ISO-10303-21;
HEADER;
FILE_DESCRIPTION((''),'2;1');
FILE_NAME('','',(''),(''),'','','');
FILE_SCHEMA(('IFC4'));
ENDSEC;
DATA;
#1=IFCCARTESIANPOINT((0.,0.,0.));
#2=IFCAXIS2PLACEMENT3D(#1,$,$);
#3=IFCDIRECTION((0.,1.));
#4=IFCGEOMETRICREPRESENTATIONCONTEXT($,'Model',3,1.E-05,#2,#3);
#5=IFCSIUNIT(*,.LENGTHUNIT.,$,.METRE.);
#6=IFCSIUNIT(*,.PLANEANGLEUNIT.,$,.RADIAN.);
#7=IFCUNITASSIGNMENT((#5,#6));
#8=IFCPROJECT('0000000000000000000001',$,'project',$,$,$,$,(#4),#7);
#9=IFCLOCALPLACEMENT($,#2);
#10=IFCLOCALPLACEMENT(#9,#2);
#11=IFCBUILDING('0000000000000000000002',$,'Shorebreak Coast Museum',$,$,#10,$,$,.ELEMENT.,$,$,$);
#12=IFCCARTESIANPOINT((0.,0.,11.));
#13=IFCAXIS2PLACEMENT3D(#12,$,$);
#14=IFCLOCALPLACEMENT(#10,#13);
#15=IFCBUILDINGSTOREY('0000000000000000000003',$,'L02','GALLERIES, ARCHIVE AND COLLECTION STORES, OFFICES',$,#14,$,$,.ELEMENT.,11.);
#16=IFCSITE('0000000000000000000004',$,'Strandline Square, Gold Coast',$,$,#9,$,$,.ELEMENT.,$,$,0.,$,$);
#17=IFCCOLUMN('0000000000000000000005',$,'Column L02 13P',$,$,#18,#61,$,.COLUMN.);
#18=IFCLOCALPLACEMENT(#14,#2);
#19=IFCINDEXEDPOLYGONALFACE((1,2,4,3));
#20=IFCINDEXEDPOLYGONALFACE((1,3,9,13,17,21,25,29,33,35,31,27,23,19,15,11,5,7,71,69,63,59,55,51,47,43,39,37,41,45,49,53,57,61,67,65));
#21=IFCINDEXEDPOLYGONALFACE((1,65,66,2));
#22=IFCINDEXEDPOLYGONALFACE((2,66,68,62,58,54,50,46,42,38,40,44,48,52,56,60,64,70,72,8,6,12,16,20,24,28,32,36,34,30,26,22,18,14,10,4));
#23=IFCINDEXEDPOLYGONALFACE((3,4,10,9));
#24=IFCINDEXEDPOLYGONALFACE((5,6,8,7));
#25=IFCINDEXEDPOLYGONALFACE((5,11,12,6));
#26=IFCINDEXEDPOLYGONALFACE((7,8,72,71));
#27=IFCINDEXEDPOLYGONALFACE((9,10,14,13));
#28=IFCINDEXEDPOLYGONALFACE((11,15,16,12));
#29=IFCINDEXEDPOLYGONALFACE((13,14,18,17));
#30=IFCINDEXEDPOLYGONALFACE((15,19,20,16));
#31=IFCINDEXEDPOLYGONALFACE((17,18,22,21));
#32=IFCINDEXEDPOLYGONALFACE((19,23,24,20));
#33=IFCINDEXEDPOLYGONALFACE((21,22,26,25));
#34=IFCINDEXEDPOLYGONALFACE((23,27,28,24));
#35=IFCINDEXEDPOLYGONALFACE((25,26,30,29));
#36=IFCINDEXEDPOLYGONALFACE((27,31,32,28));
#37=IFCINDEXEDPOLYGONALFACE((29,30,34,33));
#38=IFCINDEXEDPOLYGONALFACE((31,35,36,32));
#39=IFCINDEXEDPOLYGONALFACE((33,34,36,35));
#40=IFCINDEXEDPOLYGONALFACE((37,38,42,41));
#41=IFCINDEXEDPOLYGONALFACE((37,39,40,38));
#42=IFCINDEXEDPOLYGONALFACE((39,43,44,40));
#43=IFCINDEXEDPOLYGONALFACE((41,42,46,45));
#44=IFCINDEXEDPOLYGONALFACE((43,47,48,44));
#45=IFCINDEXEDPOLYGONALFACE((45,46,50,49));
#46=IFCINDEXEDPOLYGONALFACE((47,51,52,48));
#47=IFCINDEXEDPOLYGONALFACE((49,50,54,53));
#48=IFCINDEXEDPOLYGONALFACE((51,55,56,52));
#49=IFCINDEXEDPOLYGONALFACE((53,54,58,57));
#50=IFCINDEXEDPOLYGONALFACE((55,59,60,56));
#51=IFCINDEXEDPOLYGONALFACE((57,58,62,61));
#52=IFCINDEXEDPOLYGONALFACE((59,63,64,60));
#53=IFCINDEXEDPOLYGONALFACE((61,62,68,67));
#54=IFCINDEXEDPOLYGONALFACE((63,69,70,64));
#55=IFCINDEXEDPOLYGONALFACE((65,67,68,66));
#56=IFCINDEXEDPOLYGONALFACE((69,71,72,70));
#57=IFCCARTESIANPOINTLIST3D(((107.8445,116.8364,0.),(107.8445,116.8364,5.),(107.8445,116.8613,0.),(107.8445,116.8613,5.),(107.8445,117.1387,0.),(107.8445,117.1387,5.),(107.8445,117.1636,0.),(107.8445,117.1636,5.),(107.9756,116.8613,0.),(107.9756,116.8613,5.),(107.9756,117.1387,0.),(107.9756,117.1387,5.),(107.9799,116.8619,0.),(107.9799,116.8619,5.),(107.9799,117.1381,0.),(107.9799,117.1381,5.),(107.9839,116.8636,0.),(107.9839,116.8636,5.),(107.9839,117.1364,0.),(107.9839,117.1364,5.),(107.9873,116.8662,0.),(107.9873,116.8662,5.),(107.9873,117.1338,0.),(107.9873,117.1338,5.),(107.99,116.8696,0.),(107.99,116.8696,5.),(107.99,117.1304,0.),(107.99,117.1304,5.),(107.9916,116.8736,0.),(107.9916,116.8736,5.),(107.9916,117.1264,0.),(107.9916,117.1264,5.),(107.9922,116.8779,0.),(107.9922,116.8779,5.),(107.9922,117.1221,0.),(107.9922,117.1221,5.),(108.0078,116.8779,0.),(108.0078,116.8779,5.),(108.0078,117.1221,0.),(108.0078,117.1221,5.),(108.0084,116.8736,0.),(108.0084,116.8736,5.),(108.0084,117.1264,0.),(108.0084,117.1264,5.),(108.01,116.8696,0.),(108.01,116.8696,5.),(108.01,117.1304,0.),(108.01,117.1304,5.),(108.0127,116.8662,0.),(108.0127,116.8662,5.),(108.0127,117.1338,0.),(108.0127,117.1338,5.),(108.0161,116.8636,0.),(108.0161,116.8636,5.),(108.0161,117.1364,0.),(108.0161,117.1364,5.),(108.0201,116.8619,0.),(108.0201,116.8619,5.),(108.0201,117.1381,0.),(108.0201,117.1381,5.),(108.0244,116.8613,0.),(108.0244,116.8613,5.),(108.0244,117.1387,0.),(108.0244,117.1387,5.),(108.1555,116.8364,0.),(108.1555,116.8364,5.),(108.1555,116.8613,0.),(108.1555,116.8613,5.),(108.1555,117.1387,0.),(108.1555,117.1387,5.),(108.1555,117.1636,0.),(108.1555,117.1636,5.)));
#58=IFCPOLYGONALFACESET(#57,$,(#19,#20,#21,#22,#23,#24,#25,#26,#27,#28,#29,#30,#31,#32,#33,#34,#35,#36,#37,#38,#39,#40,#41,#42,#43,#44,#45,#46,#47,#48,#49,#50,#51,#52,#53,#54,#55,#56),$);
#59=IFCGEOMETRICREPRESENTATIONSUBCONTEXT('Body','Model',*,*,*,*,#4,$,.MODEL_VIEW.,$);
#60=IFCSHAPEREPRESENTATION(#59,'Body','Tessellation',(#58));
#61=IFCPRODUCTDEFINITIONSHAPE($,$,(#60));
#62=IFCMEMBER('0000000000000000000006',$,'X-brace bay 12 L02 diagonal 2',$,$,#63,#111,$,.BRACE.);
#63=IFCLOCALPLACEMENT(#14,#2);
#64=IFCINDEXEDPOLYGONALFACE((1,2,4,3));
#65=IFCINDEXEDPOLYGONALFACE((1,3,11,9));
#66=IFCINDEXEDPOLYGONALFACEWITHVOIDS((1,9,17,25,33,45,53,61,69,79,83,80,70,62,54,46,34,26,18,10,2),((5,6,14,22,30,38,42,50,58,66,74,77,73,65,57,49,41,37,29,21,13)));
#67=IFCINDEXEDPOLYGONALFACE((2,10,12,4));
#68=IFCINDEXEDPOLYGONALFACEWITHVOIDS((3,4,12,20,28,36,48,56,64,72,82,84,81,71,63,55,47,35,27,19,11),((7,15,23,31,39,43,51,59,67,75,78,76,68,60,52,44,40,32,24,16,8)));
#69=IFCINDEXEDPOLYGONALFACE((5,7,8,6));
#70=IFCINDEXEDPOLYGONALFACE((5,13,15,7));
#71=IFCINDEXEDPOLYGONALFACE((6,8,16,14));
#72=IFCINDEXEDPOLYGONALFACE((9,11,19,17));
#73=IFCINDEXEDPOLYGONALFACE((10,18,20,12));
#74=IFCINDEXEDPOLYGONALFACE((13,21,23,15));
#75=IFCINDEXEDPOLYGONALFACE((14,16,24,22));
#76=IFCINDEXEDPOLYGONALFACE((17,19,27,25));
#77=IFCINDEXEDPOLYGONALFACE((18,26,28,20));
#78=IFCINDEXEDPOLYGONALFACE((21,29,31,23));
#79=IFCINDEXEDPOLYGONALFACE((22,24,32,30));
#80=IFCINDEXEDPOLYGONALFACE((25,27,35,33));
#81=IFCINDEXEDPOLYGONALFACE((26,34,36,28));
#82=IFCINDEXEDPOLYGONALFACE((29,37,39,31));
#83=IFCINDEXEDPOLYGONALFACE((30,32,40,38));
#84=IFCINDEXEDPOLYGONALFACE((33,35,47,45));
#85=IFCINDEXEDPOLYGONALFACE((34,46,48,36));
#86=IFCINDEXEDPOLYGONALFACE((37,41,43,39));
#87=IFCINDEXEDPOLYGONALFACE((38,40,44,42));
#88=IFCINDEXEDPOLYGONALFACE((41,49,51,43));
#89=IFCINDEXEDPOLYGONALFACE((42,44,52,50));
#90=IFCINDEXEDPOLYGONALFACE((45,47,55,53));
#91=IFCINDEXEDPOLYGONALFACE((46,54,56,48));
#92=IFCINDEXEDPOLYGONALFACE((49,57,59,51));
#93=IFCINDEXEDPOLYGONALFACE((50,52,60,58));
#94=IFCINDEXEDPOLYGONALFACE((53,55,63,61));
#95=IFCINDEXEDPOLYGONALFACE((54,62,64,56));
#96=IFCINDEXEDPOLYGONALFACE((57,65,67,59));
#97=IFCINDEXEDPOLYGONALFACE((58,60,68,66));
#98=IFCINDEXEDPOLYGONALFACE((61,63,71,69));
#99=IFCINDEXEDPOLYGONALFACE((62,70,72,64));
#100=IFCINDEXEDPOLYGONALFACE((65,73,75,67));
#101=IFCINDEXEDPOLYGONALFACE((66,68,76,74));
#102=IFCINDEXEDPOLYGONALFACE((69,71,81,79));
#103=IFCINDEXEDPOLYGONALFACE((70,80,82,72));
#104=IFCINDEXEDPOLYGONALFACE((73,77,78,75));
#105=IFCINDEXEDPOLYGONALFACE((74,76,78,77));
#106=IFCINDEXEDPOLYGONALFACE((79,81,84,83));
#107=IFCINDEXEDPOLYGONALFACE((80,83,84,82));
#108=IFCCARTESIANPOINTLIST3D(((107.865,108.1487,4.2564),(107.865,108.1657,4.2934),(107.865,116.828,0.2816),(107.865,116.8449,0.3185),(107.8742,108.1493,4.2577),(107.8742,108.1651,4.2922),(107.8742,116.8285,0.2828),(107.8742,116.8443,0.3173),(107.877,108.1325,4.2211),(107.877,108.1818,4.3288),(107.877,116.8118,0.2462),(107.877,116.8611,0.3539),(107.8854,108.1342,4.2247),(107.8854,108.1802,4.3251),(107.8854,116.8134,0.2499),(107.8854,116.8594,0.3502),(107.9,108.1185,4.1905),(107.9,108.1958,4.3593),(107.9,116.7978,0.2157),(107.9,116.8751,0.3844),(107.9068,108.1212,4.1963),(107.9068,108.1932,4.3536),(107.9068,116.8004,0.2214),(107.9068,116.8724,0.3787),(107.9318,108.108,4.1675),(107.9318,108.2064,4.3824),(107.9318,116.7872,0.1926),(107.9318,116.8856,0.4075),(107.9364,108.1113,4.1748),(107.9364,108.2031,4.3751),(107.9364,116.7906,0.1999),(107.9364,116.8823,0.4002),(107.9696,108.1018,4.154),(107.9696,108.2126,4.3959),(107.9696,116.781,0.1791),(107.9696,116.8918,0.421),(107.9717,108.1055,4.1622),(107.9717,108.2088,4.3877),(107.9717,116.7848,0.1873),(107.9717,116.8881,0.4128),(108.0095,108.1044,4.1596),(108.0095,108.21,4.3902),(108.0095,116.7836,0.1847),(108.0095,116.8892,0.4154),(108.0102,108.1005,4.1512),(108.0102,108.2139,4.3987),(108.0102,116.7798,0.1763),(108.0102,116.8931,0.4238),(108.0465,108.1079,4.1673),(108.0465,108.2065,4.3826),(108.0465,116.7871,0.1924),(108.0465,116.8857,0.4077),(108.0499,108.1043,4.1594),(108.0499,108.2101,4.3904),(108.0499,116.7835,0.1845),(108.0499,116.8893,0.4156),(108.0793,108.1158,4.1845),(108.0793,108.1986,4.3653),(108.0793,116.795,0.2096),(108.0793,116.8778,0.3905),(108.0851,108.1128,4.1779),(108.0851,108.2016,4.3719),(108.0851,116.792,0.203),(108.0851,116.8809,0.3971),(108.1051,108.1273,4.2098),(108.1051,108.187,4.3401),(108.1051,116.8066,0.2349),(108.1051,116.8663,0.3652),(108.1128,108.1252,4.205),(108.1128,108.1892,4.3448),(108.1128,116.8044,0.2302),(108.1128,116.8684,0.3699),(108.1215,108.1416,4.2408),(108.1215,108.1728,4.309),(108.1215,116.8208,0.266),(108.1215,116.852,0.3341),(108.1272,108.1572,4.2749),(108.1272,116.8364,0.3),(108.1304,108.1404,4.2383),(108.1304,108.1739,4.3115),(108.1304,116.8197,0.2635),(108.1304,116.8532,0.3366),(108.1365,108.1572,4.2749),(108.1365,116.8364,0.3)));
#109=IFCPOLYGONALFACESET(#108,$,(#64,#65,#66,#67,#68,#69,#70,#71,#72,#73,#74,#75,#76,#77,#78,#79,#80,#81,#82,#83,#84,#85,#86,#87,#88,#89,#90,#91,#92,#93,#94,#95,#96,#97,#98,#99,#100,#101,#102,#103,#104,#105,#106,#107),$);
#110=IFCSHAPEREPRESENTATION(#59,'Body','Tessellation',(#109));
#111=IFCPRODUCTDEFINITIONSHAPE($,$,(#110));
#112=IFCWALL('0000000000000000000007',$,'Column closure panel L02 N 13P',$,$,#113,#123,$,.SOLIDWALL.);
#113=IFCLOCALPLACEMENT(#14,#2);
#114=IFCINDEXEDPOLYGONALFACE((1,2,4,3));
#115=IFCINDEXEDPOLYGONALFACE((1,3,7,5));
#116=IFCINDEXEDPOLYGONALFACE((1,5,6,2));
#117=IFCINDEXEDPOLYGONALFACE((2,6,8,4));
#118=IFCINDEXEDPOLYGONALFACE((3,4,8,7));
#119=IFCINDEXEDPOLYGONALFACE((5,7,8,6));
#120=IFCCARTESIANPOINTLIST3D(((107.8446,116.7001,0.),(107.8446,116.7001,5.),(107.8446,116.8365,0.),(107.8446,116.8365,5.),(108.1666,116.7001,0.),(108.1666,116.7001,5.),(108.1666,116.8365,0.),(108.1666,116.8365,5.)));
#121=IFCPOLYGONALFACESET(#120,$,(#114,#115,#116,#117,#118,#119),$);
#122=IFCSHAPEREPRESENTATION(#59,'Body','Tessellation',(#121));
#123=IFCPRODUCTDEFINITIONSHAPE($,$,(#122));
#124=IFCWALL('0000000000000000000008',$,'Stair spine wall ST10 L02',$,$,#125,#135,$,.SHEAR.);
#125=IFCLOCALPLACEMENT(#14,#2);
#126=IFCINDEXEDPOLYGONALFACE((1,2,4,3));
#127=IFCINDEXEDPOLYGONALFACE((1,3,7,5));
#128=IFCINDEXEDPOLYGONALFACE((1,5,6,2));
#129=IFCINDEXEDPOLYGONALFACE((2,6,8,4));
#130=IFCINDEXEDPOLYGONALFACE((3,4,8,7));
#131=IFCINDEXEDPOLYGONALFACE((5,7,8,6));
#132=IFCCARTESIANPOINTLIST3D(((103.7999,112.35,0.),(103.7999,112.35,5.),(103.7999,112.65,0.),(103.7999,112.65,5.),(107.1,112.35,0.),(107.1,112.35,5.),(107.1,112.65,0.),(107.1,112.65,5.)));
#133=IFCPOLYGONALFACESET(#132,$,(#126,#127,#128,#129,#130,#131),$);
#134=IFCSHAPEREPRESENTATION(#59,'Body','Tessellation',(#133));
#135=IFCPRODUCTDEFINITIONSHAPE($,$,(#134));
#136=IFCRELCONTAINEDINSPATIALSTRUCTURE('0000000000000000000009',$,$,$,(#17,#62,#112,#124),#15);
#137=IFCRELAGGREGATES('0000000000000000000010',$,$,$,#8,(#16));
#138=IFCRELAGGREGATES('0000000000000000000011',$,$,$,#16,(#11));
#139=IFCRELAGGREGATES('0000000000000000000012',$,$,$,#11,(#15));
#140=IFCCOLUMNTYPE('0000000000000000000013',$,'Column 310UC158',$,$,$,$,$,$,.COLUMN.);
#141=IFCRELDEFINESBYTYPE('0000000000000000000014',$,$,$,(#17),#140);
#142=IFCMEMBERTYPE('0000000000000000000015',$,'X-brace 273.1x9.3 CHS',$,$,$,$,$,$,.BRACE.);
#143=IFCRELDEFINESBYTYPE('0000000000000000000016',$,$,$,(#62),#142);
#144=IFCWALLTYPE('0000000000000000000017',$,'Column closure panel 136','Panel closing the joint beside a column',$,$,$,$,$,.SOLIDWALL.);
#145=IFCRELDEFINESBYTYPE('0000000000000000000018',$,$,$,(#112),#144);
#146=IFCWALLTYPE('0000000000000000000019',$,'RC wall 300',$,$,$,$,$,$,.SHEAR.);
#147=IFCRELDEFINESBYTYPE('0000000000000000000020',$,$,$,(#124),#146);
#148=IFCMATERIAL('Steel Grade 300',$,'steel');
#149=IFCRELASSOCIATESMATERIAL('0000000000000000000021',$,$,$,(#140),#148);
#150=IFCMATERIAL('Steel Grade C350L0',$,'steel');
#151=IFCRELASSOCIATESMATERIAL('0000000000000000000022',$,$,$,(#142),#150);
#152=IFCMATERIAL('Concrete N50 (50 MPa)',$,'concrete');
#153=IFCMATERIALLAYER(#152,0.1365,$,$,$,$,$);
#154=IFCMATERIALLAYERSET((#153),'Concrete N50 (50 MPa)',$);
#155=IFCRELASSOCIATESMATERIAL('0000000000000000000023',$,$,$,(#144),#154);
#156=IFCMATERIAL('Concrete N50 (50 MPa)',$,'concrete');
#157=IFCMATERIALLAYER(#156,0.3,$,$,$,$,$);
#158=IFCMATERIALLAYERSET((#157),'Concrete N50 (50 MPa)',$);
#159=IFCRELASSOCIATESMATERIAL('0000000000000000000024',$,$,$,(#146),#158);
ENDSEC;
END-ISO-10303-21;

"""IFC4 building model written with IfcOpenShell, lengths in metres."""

from ifc_helpers import new_model, si_unit, direction, frame, frame_2d, origin, origin_2d, place, context, subcontext, project, spatial, rectangle, hollow_circle, i_section, extrude, material, layer, layer_set, material_profile, profile_set, type_object, element, save


model = new_model("IFC4")

# Units and contexts
model_context = context("Model", 3, precision=1e-05, world=origin(), true_north=direction((0.0, 1.0)))
body_context = subcontext(model_context, "Body", "Model", "MODEL_VIEW")
ifc_project = project(units=[si_unit("LENGTHUNIT", "METRE"), si_unit("PLANEANGLEUNIT", "RADIAN")], contexts=[model_context])

# Site, building, storey
site_placement = place(None, origin())
site = spatial("IfcSite", under=ifc_project, at=site_placement, Name="Strandline Square, Gold Coast", CompositionType="ELEMENT", RefElevation=0.0)
building_placement = place(site_placement, origin())
building = spatial("IfcBuilding", under=site, at=building_placement, Name="Shorebreak Coast Museum", CompositionType="ELEMENT")
storey_placement = place(building_placement, frame((0.0, 0.0, 11.0)))
storey = spatial("IfcBuildingStorey", under=building, at=storey_placement, Name="L02", Description="GALLERIES, ARCHIVE AND COLLECTION STORES, OFFICES", CompositionType="ELEMENT", Elevation=11.0)

# Column
ifc_material_1 = material(Name="Steel Grade 300", Category="steel")
ifc_material_profile_1 = material_profile(ifc_material_1, i_section(OverallWidth=0.311, OverallDepth=0.3271, WebThickness=0.0156, FlangeThickness=0.0249, FilletRadius=0.0166, at=origin_2d()), Name="310UC158")
ifc_profile_set_1 = profile_set([ifc_material_profile_1], Name="Steel Grade 300")
column_type = type_object("IfcColumnType", Name="Column 310UC158", PredefinedType="COLUMN", material=ifc_profile_set_1)
column_placement = place(storey_placement, frame((108.0, 117.0, 0.0), z_axis=(0.0, 0.0, 1.0), x_axis=(1.0, 0.0, 0.0)))
element("IfcColumn", 1, at=column_placement, inside=storey, type_object=column_type, Name="Column L02 13P", PredefinedType="COLUMN", context=body_context, shape_type="SweptSolid", body=[
    extrude(i_section(OverallWidth=0.311, OverallDepth=0.3271, WebThickness=0.0156, FlangeThickness=0.0249, FilletRadius=0.0166, at=origin_2d()), origin(), (0.0, 0.0, 1.0), 5.0),
])

# Member
ifc_material_2 = material(Name="Steel Grade C350L0", Category="steel")
ifc_material_profile_2 = material_profile(ifc_material_2, hollow_circle(Radius=0.1365, WallThickness=0.0093, at=origin_2d()), Name="273.1x9.3 CHS")
ifc_profile_set_2 = profile_set([ifc_material_profile_2], Name="Steel Grade C350L0")
member_type = type_object("IfcMemberType", Name="X-brace 273.1x9.3 CHS", PredefinedType="BRACE", material=ifc_profile_set_2)
member_placement = place(storey_placement, frame((108.0, 116.8364, 0.3), z_axis=(0.0, -0.909188, 0.416385), x_axis=(1.0, 0.0, 0.0)))
element("IfcMember", 2, at=member_placement, inside=storey, type_object=member_type, Name="X-brace bay 12 L02 diagonal 2", PredefinedType="BRACE", context=body_context, shape_type="SweptSolid", body=[
    extrude(hollow_circle(Radius=0.1365, WallThickness=0.0093, at=origin_2d()), origin(), (0.0, 0.0, 1.0), 9.5461),
])

# Walls
ifc_material_3 = material(Name="Concrete N50 (50 MPa)", Category="concrete")
ifc_layer_1 = layer(ifc_material_3, 0.1365)
ifc_layer_set_1 = layer_set([ifc_layer_1], Name="Concrete N50 (50 MPa)")
wall_type_1 = type_object("IfcWallType", Name="Column closure panel 136", Description="Panel closing the joint beside a column", PredefinedType="SOLIDWALL", material=ifc_layer_set_1)
wall_1_placement = place(storey_placement, frame((107.8445, 116.7683, 0.0), z_axis=(0.0, 0.0, 1.0), x_axis=(1.0, 0.0, 0.0)))
element("IfcWall", 3, at=wall_1_placement, inside=storey, type_object=wall_type_1, Name="Column closure panel L02 N 13P", PredefinedType="SOLIDWALL", context=body_context, shape_type="SweptSolid", body=[
    extrude(rectangle(XDim=0.322, YDim=0.1365, at=frame_2d((0.1611, 0.0))), origin(), (0.0, 0.0, 1.0), 5.0),
])
ifc_material_4 = material(Name="Concrete N50 (50 MPa)", Category="concrete")
ifc_layer_2 = layer(ifc_material_4, 0.3)
ifc_layer_set_2 = layer_set([ifc_layer_2], Name="Concrete N50 (50 MPa)")
wall_type_2 = type_object("IfcWallType", Name="RC wall 300", PredefinedType="SHEAR", material=ifc_layer_set_2)
wall_2_placement = place(storey_placement, frame((103.8, 112.5, 0.0), z_axis=(0.0, 0.0, 1.0), x_axis=(1.0, 0.0, 0.0)))
element("IfcWall", 4, at=wall_2_placement, inside=storey, type_object=wall_type_2, Name="Stair spine wall ST10 L02", PredefinedType="SHEAR", context=body_context, shape_type="SweptSolid", body=[
    extrude(rectangle(XDim=3.3, YDim=0.3, at=frame_2d((1.6499, 0.0))), origin(), (0.0, 0.0, 1.0), 5.0),
])

save(model, "model.ifc")
